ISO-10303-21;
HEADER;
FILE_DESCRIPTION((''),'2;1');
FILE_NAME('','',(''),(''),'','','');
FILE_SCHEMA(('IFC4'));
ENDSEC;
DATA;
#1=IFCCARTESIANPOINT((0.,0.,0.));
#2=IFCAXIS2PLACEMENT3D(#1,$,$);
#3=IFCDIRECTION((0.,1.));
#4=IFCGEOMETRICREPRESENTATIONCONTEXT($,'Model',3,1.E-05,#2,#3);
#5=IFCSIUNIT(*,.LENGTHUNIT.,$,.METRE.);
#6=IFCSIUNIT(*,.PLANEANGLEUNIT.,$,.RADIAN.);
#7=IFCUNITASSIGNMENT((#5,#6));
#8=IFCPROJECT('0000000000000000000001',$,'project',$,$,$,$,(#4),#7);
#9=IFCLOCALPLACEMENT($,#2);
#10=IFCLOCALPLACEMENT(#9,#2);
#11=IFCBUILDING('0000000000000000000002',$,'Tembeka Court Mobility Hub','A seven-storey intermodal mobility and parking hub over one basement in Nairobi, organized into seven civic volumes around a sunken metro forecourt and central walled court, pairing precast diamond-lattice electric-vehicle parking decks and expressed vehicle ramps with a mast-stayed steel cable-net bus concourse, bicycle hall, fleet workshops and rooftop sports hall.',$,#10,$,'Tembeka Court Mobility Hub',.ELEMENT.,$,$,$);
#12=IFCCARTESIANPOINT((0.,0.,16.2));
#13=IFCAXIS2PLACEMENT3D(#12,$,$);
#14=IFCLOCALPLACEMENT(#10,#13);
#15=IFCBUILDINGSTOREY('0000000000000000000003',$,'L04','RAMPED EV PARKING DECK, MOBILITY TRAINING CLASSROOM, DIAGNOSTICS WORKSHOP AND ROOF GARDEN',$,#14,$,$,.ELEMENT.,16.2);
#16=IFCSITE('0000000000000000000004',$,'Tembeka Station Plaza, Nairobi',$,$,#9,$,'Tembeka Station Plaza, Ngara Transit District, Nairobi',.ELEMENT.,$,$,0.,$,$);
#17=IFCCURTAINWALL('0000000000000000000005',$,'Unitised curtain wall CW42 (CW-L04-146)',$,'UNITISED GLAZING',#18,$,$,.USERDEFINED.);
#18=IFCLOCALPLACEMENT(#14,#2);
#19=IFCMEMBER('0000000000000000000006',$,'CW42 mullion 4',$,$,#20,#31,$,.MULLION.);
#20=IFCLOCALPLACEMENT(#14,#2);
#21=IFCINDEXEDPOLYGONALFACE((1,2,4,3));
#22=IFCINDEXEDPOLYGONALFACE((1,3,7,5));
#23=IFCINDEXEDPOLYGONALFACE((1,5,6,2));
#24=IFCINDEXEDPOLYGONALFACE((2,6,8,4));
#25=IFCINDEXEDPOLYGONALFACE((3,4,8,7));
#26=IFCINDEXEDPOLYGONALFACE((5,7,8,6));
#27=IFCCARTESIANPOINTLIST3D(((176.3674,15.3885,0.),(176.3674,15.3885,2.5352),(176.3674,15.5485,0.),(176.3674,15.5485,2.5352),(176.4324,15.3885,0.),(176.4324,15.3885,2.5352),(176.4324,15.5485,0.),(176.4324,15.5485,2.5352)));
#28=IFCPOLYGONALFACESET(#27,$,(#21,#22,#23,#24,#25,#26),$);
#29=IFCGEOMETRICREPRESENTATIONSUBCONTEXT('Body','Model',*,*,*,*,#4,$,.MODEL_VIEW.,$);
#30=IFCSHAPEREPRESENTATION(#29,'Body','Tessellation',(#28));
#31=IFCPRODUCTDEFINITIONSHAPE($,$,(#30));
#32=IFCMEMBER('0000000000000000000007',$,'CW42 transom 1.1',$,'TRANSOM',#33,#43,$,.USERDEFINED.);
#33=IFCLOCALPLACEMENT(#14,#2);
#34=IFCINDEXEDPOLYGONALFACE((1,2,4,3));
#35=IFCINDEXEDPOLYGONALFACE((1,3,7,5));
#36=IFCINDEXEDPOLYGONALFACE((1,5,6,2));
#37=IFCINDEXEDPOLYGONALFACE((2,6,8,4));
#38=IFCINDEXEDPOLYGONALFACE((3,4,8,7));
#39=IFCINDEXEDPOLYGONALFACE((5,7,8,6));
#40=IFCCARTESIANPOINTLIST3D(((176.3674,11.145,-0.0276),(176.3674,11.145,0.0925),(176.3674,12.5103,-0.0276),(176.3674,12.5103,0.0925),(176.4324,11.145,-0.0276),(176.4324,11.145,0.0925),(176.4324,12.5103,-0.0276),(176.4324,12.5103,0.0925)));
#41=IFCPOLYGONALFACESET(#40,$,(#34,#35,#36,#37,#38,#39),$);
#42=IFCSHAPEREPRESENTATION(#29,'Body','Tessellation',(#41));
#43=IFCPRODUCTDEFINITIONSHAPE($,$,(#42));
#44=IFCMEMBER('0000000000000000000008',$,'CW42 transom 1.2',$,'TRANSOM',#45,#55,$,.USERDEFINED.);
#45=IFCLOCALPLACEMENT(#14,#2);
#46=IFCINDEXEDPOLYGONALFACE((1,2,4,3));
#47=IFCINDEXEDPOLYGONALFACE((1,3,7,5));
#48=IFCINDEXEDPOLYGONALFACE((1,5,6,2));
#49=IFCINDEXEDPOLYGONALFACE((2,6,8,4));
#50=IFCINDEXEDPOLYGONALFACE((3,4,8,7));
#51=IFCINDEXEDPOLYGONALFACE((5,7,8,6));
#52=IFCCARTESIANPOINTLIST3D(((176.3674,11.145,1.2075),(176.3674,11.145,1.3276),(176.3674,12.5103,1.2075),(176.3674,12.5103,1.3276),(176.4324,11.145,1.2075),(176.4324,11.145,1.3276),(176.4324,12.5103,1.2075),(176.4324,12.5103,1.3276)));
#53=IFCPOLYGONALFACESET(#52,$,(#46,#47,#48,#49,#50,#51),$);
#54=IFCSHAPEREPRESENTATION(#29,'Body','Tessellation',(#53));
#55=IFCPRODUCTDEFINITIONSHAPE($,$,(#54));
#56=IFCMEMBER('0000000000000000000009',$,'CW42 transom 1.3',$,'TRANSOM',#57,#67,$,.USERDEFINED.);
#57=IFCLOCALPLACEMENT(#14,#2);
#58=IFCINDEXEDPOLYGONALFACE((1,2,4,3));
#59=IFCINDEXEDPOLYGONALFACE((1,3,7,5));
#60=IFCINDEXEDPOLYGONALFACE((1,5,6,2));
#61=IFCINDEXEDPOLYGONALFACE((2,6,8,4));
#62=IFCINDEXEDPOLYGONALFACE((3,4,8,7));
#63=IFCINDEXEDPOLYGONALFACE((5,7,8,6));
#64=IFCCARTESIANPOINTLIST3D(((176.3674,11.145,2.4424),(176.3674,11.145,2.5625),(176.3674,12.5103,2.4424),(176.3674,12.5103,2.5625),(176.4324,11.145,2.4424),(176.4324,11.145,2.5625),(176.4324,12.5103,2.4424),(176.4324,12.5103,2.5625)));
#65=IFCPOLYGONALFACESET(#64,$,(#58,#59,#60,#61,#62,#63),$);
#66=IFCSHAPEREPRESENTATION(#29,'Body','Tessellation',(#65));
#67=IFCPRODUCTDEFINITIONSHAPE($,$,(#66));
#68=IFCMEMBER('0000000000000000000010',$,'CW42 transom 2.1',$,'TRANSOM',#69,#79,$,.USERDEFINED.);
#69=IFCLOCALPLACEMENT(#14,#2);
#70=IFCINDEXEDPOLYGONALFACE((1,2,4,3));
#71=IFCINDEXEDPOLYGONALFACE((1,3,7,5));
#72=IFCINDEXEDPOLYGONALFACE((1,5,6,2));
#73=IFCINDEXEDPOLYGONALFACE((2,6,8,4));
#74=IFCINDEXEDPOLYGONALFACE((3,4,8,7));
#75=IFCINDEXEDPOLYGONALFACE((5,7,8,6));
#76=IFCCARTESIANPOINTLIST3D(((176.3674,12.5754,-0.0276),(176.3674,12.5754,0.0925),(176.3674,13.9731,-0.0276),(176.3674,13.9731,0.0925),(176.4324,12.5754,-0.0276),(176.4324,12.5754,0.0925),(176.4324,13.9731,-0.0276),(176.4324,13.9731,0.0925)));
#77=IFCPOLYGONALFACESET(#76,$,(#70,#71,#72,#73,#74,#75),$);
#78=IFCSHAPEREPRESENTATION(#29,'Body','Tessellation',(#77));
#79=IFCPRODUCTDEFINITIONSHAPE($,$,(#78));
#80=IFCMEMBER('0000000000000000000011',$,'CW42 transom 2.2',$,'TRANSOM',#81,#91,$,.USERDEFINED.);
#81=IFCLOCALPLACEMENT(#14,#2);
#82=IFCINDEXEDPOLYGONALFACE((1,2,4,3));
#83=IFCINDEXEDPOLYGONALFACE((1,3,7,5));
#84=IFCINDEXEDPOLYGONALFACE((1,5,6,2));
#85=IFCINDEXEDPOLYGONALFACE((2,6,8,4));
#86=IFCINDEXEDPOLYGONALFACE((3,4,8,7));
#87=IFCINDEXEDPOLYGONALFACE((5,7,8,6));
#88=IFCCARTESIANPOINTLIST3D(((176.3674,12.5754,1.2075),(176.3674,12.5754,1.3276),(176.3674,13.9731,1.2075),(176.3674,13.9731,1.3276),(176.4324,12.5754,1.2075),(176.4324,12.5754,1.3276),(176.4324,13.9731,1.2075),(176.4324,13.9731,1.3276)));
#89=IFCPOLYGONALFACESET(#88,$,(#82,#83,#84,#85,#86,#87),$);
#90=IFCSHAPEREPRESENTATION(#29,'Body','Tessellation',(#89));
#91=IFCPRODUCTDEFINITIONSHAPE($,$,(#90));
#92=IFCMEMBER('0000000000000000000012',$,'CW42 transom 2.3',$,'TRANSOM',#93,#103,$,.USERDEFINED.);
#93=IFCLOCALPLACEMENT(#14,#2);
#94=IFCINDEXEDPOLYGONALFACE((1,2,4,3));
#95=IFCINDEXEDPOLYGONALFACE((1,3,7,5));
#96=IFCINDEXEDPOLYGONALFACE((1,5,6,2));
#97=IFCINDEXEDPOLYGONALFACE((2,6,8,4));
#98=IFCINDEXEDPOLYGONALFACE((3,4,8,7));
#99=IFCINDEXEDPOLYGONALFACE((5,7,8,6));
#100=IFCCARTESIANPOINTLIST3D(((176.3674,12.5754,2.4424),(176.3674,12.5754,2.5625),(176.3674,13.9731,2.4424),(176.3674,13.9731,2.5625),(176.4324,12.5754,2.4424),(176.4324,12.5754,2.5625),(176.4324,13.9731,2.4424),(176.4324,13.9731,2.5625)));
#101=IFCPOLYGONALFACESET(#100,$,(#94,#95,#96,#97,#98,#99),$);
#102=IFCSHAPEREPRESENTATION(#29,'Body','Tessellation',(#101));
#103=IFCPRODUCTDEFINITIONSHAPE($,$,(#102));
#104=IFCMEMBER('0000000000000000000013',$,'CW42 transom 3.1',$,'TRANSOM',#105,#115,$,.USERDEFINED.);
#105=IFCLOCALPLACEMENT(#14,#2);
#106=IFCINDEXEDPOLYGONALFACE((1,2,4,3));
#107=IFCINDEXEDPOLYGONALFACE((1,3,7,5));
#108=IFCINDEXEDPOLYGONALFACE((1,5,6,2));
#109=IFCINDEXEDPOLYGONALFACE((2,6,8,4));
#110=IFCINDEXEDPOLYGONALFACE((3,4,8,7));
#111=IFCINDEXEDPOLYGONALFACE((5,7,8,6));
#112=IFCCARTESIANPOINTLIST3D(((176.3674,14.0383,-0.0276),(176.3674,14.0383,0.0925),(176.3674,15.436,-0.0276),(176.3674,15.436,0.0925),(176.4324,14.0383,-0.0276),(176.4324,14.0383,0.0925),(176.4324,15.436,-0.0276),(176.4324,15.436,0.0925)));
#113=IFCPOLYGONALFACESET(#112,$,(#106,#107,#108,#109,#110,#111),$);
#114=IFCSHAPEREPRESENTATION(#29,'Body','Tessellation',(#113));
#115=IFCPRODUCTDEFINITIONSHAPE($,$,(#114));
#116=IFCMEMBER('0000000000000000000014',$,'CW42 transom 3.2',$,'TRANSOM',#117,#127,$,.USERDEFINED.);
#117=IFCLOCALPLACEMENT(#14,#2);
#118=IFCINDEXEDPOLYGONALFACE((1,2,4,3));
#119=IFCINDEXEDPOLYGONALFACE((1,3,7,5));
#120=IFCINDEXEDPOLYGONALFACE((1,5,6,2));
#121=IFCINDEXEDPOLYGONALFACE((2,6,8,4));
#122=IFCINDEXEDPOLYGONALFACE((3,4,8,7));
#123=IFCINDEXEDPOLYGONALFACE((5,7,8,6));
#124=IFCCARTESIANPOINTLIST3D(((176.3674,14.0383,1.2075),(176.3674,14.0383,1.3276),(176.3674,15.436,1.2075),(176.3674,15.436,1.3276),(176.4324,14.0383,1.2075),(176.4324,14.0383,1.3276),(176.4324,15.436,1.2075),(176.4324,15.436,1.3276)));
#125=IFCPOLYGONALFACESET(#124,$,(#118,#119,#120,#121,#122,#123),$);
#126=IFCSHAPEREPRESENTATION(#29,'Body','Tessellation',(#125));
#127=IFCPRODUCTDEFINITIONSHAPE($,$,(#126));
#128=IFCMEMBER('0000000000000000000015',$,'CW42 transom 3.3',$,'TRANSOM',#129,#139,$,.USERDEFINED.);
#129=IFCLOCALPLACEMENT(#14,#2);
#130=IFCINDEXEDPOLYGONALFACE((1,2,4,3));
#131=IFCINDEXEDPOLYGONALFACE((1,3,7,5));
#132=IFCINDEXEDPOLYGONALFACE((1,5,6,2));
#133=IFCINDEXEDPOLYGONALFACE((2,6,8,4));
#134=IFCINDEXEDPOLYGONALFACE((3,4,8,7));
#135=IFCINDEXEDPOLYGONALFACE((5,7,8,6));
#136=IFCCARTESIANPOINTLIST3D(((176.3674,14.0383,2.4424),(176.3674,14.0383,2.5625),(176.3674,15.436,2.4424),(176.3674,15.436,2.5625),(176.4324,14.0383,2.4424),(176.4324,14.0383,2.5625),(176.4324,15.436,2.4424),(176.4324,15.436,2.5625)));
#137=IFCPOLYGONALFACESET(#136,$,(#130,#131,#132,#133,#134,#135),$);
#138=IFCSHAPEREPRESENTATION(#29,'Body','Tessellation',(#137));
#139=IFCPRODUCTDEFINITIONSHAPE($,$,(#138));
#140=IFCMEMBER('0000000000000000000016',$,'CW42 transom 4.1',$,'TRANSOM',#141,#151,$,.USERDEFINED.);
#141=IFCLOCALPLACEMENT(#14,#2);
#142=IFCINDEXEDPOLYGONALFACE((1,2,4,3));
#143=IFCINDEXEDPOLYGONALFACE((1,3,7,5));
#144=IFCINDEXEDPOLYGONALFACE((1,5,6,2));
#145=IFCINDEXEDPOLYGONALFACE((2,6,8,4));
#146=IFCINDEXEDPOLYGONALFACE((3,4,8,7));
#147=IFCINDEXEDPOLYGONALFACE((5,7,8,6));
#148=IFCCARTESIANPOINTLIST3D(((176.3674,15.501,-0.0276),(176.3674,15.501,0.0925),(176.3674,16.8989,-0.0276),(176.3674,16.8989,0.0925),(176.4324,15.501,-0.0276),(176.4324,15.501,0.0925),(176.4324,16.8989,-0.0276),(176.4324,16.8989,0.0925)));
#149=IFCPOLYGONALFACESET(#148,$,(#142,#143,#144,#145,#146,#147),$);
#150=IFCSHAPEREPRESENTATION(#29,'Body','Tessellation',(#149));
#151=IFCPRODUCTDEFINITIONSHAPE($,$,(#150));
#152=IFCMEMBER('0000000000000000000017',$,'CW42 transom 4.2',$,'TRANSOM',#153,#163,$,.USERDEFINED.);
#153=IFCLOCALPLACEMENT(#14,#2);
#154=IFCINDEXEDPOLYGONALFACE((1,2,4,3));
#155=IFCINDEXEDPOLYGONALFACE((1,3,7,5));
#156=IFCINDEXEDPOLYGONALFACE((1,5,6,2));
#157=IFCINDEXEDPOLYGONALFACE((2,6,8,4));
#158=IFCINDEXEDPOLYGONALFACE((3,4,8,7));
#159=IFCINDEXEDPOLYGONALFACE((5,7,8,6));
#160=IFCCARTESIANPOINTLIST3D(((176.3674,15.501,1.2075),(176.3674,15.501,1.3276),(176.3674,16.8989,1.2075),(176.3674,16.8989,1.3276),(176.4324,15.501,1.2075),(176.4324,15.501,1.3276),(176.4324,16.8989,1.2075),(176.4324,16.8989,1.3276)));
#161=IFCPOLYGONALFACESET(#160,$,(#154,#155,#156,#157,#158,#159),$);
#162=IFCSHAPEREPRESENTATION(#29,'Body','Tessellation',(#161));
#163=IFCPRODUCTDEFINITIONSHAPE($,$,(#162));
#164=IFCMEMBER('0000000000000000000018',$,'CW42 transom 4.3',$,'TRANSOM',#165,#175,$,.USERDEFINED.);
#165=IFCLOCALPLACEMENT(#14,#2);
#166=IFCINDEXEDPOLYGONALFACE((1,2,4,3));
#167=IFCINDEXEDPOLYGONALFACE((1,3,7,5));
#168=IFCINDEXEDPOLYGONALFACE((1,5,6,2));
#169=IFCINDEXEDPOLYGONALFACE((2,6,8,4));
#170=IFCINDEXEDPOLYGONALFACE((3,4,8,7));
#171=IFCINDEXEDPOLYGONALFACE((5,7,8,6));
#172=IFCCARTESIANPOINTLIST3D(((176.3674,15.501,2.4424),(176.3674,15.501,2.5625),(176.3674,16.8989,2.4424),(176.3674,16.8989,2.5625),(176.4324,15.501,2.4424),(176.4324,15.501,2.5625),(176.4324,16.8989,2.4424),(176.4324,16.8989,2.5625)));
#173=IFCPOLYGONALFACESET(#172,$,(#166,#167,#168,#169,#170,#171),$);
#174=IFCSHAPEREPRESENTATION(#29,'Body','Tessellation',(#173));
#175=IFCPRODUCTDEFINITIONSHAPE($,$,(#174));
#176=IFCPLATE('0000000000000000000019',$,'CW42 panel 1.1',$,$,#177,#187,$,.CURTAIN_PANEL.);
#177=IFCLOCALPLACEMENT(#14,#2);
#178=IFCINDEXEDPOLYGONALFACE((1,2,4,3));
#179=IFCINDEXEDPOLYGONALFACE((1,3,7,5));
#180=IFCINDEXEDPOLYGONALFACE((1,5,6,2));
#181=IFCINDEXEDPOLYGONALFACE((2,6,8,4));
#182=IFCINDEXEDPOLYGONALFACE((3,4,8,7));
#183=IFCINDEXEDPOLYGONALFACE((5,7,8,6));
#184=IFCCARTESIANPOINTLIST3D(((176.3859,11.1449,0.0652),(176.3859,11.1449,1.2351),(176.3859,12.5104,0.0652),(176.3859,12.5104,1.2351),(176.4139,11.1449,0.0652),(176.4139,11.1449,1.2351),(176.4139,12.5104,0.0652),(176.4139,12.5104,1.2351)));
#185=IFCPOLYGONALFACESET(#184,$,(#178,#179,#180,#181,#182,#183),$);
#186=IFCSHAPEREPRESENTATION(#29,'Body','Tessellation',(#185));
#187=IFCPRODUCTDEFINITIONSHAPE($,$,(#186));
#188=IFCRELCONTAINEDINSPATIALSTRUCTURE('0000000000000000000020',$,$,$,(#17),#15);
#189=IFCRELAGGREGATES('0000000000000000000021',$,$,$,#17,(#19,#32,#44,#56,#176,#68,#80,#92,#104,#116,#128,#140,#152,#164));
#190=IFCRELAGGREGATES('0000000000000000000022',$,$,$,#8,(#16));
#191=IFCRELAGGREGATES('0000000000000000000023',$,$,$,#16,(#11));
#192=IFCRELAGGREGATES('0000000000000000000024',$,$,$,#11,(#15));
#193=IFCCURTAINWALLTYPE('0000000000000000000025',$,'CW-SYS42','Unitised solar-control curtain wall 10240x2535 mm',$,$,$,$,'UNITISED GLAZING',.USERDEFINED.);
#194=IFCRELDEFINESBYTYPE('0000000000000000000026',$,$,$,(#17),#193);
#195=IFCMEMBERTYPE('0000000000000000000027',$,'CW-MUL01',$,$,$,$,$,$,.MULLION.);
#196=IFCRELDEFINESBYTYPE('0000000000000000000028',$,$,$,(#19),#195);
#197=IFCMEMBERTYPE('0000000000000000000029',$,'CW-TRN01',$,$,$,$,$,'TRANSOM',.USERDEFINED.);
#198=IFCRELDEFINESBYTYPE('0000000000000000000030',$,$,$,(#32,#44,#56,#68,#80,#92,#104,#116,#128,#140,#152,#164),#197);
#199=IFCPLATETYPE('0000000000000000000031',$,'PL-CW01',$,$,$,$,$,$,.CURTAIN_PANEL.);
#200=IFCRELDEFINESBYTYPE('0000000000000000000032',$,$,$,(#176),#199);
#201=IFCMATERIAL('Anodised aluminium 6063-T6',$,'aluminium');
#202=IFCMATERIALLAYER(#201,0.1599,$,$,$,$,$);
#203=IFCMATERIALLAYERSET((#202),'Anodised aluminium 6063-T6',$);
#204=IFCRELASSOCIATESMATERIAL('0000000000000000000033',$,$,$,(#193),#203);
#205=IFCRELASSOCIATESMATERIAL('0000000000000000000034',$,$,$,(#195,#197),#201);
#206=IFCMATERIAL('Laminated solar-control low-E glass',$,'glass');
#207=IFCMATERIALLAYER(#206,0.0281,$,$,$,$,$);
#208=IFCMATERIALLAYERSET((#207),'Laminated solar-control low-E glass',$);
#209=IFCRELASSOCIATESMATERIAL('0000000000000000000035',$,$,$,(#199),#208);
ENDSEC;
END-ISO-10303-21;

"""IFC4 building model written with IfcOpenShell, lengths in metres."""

from ifc_helpers import new_model, si_unit, direction, frame, origin, origin_2d, place, context, subcontext, project, spatial, rectangle, extrude, material, layer, layer_set, material_profile, profile_set, type_object, element, aggregate, save


model = new_model("IFC4")

# Units and contexts
model_context = context("Model", 3, precision=1e-05, world=origin(), true_north=direction((0.0, 1.0)))
body_context = subcontext(model_context, "Body", "Model", "MODEL_VIEW")
ifc_project = project(units=[si_unit("LENGTHUNIT", "METRE"), si_unit("PLANEANGLEUNIT", "RADIAN")], contexts=[model_context])

# Site, building, storey
site_placement = place(None, origin())
site = spatial("IfcSite", under=ifc_project, at=site_placement, Name="Tembeka Station Plaza, Nairobi", LongName="Tembeka Station Plaza, Ngara Transit District, Nairobi", CompositionType="ELEMENT", RefElevation=0.0)
building_placement = place(site_placement, origin())
building = spatial("IfcBuilding", under=site, at=building_placement, Name="Tembeka Court Mobility Hub", Description="A seven-storey intermodal mobility and parking hub over one basement in Nairobi, organized into seven civic volumes around a sunken metro forecourt and central walled court, pairing precast diamond-lattice electric-vehicle parking decks and expressed vehicle ramps with a mast-stayed steel cable-net bus concourse, bicycle hall, fleet workshops and rooftop sports hall.", LongName="Tembeka Court Mobility Hub", CompositionType="ELEMENT")
storey_placement = place(building_placement, frame((0.0, 0.0, 16.2)))
storey = spatial("IfcBuildingStorey", under=building, at=storey_placement, Name="L04", Description="RAMPED EV PARKING DECK, MOBILITY TRAINING CLASSROOM, DIAGNOSTICS WORKSHOP AND ROOF GARDEN", CompositionType="ELEMENT", Elevation=16.2)

# Curtain wall, members, plate
ifc_material_1 = material(Name="Anodised aluminium 6063-T6", Category="aluminium")
ifc_layer_1 = layer(ifc_material_1, 0.1599)
ifc_layer_set_1 = layer_set([ifc_layer_1], Name="Anodised aluminium 6063-T6")
curtain_wall_type = type_object("IfcCurtainWallType", Name="CW-SYS42", Description="Unitised solar-control curtain wall 10240x2535 mm", ElementType="UNITISED GLAZING", PredefinedType="USERDEFINED", material=ifc_layer_set_1)
curtain_wall_placement = place(storey_placement, origin())
curtain_wall = element("IfcCurtainWall", 1, at=curtain_wall_placement, inside=storey, type_object=curtain_wall_type, Name="Unitised curtain wall CW42 (CW-L04-146)", ObjectType="UNITISED GLAZING", PredefinedType="USERDEFINED")
ifc_material_profile_1 = material_profile(ifc_material_1, rectangle(XDim=0.0649, YDim=0.1599, at=origin_2d()), Name="ALU-MUL 65x160")
ifc_profile_set_1 = profile_set([ifc_material_profile_1], Name="Anodised aluminium 6063-T6")
member_type_1 = type_object("IfcMemberType", Name="CW-MUL01", PredefinedType="MULLION", material=ifc_profile_set_1)
member_1_placement = place(storey_placement, frame((176.3999, 15.4685, 0.0), z_axis=(0.0, 0.0, 1.0), x_axis=(-1.0, 0.0, 0.0)))
member_1 = element("IfcMember", 2, at=member_1_placement, type_object=member_type_1, Name="CW42 mullion 4", PredefinedType="MULLION", context=body_context, shape_type="SweptSolid", body=[
    extrude(rectangle(XDim=0.0649, YDim=0.1599, at=origin_2d()), origin(), (0.0, 0.0, 1.0), 2.5352),
])
ifc_material_profile_2 = material_profile(ifc_material_1, rectangle(XDim=0.0649, YDim=0.1201, at=origin_2d()), Name="ALU-TRN 65x120")
ifc_profile_set_2 = profile_set([ifc_material_profile_2], Name="Anodised aluminium 6063-T6")
member_type_2 = type_object("IfcMemberType", Name="CW-TRN01", ElementType="TRANSOM", PredefinedType="USERDEFINED", material=ifc_profile_set_2)
member_2_placement = place(storey_placement, frame((176.3999, 11.145, 0.0325), z_axis=(0.0, 1.0, 0.0), x_axis=(-1.0, 0.0, 0.0)))
member_2 = element("IfcMember", 3, at=member_2_placement, type_object=member_type_2, Name="CW42 transom 1.1", ObjectType="TRANSOM", PredefinedType="USERDEFINED", context=body_context, shape_type="SweptSolid", body=[
    extrude(rectangle(XDim=0.0649, YDim=0.1201, at=origin_2d()), origin(), (0.0, 0.0, 1.0), 1.3652),
])
member_3_placement = place(storey_placement, frame((176.3999, 11.145, 1.2676), z_axis=(0.0, 1.0, 0.0), x_axis=(-1.0, 0.0, 0.0)))
member_3 = element("IfcMember", 4, at=member_3_placement, type_object=member_type_2, Name="CW42 transom 1.2", ObjectType="TRANSOM", PredefinedType="USERDEFINED", context=body_context, shape_type="SweptSolid", body=[
    extrude(rectangle(XDim=0.0649, YDim=0.1201, at=origin_2d()), origin(), (0.0, 0.0, 1.0), 1.3652),
])
member_4_placement = place(storey_placement, frame((176.3999, 11.145, 2.5024), z_axis=(0.0, 1.0, 0.0), x_axis=(-1.0, 0.0, 0.0)))
member_4 = element("IfcMember", 5, at=member_4_placement, type_object=member_type_2, Name="CW42 transom 1.3", ObjectType="TRANSOM", PredefinedType="USERDEFINED", context=body_context, shape_type="SweptSolid", body=[
    extrude(rectangle(XDim=0.0649, YDim=0.1201, at=origin_2d()), origin(), (0.0, 0.0, 1.0), 1.3652),
])
member_5_placement = place(storey_placement, frame((176.3999, 12.5754, 0.0325), z_axis=(0.0, 1.0, 0.0), x_axis=(-1.0, 0.0, 0.0)))
member_5 = element("IfcMember", 6, at=member_5_placement, type_object=member_type_2, Name="CW42 transom 2.1", ObjectType="TRANSOM", PredefinedType="USERDEFINED", context=body_context, shape_type="SweptSolid", body=[
    extrude(rectangle(XDim=0.0649, YDim=0.1201, at=origin_2d()), origin(), (0.0, 0.0, 1.0), 1.3977),
])
member_6_placement = place(storey_placement, frame((176.3999, 12.5754, 1.2676), z_axis=(0.0, 1.0, 0.0), x_axis=(-1.0, 0.0, 0.0)))
member_6 = element("IfcMember", 7, at=member_6_placement, type_object=member_type_2, Name="CW42 transom 2.2", ObjectType="TRANSOM", PredefinedType="USERDEFINED", context=body_context, shape_type="SweptSolid", body=[
    extrude(rectangle(XDim=0.0649, YDim=0.1201, at=origin_2d()), origin(), (0.0, 0.0, 1.0), 1.3977),
])
member_7_placement = place(storey_placement, frame((176.3999, 12.5754, 2.5024), z_axis=(0.0, 1.0, 0.0), x_axis=(-1.0, 0.0, 0.0)))
member_7 = element("IfcMember", 8, at=member_7_placement, type_object=member_type_2, Name="CW42 transom 2.3", ObjectType="TRANSOM", PredefinedType="USERDEFINED", context=body_context, shape_type="SweptSolid", body=[
    extrude(rectangle(XDim=0.0649, YDim=0.1201, at=origin_2d()), origin(), (0.0, 0.0, 1.0), 1.3977),
])
member_8_placement = place(storey_placement, frame((176.3999, 14.0383, 0.0325), z_axis=(0.0, 1.0, 0.0), x_axis=(-1.0, 0.0, 0.0)))
member_8 = element("IfcMember", 9, at=member_8_placement, type_object=member_type_2, Name="CW42 transom 3.1", ObjectType="TRANSOM", PredefinedType="USERDEFINED", context=body_context, shape_type="SweptSolid", body=[
    extrude(rectangle(XDim=0.0649, YDim=0.1201, at=origin_2d()), origin(), (0.0, 0.0, 1.0), 1.3977),
])
member_9_placement = place(storey_placement, frame((176.3999, 14.0383, 1.2676), z_axis=(0.0, 1.0, 0.0), x_axis=(-1.0, 0.0, 0.0)))
member_9 = element("IfcMember", 10, at=member_9_placement, type_object=member_type_2, Name="CW42 transom 3.2", ObjectType="TRANSOM", PredefinedType="USERDEFINED", context=body_context, shape_type="SweptSolid", body=[
    extrude(rectangle(XDim=0.0649, YDim=0.1201, at=origin_2d()), origin(), (0.0, 0.0, 1.0), 1.3977),
])
member_10_placement = place(storey_placement, frame((176.3999, 14.0383, 2.5024), z_axis=(0.0, 1.0, 0.0), x_axis=(-1.0, 0.0, 0.0)))
member_10 = element("IfcMember", 11, at=member_10_placement, type_object=member_type_2, Name="CW42 transom 3.3", ObjectType="TRANSOM", PredefinedType="USERDEFINED", context=body_context, shape_type="SweptSolid", body=[
    extrude(rectangle(XDim=0.0649, YDim=0.1201, at=origin_2d()), origin(), (0.0, 0.0, 1.0), 1.3977),
])
member_11_placement = place(storey_placement, frame((176.3999, 15.501, 0.0325), z_axis=(0.0, 1.0, 0.0), x_axis=(-1.0, 0.0, 0.0)))
member_11 = element("IfcMember", 12, at=member_11_placement, type_object=member_type_2, Name="CW42 transom 4.1", ObjectType="TRANSOM", PredefinedType="USERDEFINED", context=body_context, shape_type="SweptSolid", body=[
    extrude(rectangle(XDim=0.0649, YDim=0.1201, at=origin_2d()), origin(), (0.0, 0.0, 1.0), 1.3979),
])
member_12_placement = place(storey_placement, frame((176.3999, 15.501, 1.2676), z_axis=(0.0, 1.0, 0.0), x_axis=(-1.0, 0.0, 0.0)))
member_12 = element("IfcMember", 13, at=member_12_placement, type_object=member_type_2, Name="CW42 transom 4.2", ObjectType="TRANSOM", PredefinedType="USERDEFINED", context=body_context, shape_type="SweptSolid", body=[
    extrude(rectangle(XDim=0.0649, YDim=0.1201, at=origin_2d()), origin(), (0.0, 0.0, 1.0), 1.3979),
])
member_13_placement = place(storey_placement, frame((176.3999, 15.501, 2.5024), z_axis=(0.0, 1.0, 0.0), x_axis=(-1.0, 0.0, 0.0)))
member_13 = element("IfcMember", 14, at=member_13_placement, type_object=member_type_2, Name="CW42 transom 4.3", ObjectType="TRANSOM", PredefinedType="USERDEFINED", context=body_context, shape_type="SweptSolid", body=[
    extrude(rectangle(XDim=0.0649, YDim=0.1201, at=origin_2d()), origin(), (0.0, 0.0, 1.0), 1.3979),
])
ifc_material_2 = material(Name="Laminated solar-control low-E glass", Category="glass")
ifc_layer_2 = layer(ifc_material_2, 0.0281)
ifc_layer_set_2 = layer_set([ifc_layer_2], Name="Laminated solar-control low-E glass")
plate_type_1 = type_object("IfcPlateType", Name="PL-CW01", PredefinedType="CURTAIN_PANEL", material=ifc_layer_set_2)
plate_1_placement = place(storey_placement, frame((176.3999, 11.8276, 0.0652), z_axis=(0.0, 0.0, 1.0), x_axis=(0.0, 1.0, 0.0)))
plate_1 = element("IfcPlate", 15, at=plate_1_placement, type_object=plate_type_1, Name="CW42 panel 1.1", PredefinedType="CURTAIN_PANEL", context=body_context, shape_type="SweptSolid", body=[
    extrude(rectangle(XDim=1.3655, YDim=0.0281, at=origin_2d()), origin(), (0.0, 0.0, 1.0), 1.1699),
])
aggregate(curtain_wall, [member_1, member_2, member_3, member_4, plate_1, member_5, member_6, member_7, member_8, member_9, member_10, member_11, member_12, member_13])

save(model, "model.ifc")
